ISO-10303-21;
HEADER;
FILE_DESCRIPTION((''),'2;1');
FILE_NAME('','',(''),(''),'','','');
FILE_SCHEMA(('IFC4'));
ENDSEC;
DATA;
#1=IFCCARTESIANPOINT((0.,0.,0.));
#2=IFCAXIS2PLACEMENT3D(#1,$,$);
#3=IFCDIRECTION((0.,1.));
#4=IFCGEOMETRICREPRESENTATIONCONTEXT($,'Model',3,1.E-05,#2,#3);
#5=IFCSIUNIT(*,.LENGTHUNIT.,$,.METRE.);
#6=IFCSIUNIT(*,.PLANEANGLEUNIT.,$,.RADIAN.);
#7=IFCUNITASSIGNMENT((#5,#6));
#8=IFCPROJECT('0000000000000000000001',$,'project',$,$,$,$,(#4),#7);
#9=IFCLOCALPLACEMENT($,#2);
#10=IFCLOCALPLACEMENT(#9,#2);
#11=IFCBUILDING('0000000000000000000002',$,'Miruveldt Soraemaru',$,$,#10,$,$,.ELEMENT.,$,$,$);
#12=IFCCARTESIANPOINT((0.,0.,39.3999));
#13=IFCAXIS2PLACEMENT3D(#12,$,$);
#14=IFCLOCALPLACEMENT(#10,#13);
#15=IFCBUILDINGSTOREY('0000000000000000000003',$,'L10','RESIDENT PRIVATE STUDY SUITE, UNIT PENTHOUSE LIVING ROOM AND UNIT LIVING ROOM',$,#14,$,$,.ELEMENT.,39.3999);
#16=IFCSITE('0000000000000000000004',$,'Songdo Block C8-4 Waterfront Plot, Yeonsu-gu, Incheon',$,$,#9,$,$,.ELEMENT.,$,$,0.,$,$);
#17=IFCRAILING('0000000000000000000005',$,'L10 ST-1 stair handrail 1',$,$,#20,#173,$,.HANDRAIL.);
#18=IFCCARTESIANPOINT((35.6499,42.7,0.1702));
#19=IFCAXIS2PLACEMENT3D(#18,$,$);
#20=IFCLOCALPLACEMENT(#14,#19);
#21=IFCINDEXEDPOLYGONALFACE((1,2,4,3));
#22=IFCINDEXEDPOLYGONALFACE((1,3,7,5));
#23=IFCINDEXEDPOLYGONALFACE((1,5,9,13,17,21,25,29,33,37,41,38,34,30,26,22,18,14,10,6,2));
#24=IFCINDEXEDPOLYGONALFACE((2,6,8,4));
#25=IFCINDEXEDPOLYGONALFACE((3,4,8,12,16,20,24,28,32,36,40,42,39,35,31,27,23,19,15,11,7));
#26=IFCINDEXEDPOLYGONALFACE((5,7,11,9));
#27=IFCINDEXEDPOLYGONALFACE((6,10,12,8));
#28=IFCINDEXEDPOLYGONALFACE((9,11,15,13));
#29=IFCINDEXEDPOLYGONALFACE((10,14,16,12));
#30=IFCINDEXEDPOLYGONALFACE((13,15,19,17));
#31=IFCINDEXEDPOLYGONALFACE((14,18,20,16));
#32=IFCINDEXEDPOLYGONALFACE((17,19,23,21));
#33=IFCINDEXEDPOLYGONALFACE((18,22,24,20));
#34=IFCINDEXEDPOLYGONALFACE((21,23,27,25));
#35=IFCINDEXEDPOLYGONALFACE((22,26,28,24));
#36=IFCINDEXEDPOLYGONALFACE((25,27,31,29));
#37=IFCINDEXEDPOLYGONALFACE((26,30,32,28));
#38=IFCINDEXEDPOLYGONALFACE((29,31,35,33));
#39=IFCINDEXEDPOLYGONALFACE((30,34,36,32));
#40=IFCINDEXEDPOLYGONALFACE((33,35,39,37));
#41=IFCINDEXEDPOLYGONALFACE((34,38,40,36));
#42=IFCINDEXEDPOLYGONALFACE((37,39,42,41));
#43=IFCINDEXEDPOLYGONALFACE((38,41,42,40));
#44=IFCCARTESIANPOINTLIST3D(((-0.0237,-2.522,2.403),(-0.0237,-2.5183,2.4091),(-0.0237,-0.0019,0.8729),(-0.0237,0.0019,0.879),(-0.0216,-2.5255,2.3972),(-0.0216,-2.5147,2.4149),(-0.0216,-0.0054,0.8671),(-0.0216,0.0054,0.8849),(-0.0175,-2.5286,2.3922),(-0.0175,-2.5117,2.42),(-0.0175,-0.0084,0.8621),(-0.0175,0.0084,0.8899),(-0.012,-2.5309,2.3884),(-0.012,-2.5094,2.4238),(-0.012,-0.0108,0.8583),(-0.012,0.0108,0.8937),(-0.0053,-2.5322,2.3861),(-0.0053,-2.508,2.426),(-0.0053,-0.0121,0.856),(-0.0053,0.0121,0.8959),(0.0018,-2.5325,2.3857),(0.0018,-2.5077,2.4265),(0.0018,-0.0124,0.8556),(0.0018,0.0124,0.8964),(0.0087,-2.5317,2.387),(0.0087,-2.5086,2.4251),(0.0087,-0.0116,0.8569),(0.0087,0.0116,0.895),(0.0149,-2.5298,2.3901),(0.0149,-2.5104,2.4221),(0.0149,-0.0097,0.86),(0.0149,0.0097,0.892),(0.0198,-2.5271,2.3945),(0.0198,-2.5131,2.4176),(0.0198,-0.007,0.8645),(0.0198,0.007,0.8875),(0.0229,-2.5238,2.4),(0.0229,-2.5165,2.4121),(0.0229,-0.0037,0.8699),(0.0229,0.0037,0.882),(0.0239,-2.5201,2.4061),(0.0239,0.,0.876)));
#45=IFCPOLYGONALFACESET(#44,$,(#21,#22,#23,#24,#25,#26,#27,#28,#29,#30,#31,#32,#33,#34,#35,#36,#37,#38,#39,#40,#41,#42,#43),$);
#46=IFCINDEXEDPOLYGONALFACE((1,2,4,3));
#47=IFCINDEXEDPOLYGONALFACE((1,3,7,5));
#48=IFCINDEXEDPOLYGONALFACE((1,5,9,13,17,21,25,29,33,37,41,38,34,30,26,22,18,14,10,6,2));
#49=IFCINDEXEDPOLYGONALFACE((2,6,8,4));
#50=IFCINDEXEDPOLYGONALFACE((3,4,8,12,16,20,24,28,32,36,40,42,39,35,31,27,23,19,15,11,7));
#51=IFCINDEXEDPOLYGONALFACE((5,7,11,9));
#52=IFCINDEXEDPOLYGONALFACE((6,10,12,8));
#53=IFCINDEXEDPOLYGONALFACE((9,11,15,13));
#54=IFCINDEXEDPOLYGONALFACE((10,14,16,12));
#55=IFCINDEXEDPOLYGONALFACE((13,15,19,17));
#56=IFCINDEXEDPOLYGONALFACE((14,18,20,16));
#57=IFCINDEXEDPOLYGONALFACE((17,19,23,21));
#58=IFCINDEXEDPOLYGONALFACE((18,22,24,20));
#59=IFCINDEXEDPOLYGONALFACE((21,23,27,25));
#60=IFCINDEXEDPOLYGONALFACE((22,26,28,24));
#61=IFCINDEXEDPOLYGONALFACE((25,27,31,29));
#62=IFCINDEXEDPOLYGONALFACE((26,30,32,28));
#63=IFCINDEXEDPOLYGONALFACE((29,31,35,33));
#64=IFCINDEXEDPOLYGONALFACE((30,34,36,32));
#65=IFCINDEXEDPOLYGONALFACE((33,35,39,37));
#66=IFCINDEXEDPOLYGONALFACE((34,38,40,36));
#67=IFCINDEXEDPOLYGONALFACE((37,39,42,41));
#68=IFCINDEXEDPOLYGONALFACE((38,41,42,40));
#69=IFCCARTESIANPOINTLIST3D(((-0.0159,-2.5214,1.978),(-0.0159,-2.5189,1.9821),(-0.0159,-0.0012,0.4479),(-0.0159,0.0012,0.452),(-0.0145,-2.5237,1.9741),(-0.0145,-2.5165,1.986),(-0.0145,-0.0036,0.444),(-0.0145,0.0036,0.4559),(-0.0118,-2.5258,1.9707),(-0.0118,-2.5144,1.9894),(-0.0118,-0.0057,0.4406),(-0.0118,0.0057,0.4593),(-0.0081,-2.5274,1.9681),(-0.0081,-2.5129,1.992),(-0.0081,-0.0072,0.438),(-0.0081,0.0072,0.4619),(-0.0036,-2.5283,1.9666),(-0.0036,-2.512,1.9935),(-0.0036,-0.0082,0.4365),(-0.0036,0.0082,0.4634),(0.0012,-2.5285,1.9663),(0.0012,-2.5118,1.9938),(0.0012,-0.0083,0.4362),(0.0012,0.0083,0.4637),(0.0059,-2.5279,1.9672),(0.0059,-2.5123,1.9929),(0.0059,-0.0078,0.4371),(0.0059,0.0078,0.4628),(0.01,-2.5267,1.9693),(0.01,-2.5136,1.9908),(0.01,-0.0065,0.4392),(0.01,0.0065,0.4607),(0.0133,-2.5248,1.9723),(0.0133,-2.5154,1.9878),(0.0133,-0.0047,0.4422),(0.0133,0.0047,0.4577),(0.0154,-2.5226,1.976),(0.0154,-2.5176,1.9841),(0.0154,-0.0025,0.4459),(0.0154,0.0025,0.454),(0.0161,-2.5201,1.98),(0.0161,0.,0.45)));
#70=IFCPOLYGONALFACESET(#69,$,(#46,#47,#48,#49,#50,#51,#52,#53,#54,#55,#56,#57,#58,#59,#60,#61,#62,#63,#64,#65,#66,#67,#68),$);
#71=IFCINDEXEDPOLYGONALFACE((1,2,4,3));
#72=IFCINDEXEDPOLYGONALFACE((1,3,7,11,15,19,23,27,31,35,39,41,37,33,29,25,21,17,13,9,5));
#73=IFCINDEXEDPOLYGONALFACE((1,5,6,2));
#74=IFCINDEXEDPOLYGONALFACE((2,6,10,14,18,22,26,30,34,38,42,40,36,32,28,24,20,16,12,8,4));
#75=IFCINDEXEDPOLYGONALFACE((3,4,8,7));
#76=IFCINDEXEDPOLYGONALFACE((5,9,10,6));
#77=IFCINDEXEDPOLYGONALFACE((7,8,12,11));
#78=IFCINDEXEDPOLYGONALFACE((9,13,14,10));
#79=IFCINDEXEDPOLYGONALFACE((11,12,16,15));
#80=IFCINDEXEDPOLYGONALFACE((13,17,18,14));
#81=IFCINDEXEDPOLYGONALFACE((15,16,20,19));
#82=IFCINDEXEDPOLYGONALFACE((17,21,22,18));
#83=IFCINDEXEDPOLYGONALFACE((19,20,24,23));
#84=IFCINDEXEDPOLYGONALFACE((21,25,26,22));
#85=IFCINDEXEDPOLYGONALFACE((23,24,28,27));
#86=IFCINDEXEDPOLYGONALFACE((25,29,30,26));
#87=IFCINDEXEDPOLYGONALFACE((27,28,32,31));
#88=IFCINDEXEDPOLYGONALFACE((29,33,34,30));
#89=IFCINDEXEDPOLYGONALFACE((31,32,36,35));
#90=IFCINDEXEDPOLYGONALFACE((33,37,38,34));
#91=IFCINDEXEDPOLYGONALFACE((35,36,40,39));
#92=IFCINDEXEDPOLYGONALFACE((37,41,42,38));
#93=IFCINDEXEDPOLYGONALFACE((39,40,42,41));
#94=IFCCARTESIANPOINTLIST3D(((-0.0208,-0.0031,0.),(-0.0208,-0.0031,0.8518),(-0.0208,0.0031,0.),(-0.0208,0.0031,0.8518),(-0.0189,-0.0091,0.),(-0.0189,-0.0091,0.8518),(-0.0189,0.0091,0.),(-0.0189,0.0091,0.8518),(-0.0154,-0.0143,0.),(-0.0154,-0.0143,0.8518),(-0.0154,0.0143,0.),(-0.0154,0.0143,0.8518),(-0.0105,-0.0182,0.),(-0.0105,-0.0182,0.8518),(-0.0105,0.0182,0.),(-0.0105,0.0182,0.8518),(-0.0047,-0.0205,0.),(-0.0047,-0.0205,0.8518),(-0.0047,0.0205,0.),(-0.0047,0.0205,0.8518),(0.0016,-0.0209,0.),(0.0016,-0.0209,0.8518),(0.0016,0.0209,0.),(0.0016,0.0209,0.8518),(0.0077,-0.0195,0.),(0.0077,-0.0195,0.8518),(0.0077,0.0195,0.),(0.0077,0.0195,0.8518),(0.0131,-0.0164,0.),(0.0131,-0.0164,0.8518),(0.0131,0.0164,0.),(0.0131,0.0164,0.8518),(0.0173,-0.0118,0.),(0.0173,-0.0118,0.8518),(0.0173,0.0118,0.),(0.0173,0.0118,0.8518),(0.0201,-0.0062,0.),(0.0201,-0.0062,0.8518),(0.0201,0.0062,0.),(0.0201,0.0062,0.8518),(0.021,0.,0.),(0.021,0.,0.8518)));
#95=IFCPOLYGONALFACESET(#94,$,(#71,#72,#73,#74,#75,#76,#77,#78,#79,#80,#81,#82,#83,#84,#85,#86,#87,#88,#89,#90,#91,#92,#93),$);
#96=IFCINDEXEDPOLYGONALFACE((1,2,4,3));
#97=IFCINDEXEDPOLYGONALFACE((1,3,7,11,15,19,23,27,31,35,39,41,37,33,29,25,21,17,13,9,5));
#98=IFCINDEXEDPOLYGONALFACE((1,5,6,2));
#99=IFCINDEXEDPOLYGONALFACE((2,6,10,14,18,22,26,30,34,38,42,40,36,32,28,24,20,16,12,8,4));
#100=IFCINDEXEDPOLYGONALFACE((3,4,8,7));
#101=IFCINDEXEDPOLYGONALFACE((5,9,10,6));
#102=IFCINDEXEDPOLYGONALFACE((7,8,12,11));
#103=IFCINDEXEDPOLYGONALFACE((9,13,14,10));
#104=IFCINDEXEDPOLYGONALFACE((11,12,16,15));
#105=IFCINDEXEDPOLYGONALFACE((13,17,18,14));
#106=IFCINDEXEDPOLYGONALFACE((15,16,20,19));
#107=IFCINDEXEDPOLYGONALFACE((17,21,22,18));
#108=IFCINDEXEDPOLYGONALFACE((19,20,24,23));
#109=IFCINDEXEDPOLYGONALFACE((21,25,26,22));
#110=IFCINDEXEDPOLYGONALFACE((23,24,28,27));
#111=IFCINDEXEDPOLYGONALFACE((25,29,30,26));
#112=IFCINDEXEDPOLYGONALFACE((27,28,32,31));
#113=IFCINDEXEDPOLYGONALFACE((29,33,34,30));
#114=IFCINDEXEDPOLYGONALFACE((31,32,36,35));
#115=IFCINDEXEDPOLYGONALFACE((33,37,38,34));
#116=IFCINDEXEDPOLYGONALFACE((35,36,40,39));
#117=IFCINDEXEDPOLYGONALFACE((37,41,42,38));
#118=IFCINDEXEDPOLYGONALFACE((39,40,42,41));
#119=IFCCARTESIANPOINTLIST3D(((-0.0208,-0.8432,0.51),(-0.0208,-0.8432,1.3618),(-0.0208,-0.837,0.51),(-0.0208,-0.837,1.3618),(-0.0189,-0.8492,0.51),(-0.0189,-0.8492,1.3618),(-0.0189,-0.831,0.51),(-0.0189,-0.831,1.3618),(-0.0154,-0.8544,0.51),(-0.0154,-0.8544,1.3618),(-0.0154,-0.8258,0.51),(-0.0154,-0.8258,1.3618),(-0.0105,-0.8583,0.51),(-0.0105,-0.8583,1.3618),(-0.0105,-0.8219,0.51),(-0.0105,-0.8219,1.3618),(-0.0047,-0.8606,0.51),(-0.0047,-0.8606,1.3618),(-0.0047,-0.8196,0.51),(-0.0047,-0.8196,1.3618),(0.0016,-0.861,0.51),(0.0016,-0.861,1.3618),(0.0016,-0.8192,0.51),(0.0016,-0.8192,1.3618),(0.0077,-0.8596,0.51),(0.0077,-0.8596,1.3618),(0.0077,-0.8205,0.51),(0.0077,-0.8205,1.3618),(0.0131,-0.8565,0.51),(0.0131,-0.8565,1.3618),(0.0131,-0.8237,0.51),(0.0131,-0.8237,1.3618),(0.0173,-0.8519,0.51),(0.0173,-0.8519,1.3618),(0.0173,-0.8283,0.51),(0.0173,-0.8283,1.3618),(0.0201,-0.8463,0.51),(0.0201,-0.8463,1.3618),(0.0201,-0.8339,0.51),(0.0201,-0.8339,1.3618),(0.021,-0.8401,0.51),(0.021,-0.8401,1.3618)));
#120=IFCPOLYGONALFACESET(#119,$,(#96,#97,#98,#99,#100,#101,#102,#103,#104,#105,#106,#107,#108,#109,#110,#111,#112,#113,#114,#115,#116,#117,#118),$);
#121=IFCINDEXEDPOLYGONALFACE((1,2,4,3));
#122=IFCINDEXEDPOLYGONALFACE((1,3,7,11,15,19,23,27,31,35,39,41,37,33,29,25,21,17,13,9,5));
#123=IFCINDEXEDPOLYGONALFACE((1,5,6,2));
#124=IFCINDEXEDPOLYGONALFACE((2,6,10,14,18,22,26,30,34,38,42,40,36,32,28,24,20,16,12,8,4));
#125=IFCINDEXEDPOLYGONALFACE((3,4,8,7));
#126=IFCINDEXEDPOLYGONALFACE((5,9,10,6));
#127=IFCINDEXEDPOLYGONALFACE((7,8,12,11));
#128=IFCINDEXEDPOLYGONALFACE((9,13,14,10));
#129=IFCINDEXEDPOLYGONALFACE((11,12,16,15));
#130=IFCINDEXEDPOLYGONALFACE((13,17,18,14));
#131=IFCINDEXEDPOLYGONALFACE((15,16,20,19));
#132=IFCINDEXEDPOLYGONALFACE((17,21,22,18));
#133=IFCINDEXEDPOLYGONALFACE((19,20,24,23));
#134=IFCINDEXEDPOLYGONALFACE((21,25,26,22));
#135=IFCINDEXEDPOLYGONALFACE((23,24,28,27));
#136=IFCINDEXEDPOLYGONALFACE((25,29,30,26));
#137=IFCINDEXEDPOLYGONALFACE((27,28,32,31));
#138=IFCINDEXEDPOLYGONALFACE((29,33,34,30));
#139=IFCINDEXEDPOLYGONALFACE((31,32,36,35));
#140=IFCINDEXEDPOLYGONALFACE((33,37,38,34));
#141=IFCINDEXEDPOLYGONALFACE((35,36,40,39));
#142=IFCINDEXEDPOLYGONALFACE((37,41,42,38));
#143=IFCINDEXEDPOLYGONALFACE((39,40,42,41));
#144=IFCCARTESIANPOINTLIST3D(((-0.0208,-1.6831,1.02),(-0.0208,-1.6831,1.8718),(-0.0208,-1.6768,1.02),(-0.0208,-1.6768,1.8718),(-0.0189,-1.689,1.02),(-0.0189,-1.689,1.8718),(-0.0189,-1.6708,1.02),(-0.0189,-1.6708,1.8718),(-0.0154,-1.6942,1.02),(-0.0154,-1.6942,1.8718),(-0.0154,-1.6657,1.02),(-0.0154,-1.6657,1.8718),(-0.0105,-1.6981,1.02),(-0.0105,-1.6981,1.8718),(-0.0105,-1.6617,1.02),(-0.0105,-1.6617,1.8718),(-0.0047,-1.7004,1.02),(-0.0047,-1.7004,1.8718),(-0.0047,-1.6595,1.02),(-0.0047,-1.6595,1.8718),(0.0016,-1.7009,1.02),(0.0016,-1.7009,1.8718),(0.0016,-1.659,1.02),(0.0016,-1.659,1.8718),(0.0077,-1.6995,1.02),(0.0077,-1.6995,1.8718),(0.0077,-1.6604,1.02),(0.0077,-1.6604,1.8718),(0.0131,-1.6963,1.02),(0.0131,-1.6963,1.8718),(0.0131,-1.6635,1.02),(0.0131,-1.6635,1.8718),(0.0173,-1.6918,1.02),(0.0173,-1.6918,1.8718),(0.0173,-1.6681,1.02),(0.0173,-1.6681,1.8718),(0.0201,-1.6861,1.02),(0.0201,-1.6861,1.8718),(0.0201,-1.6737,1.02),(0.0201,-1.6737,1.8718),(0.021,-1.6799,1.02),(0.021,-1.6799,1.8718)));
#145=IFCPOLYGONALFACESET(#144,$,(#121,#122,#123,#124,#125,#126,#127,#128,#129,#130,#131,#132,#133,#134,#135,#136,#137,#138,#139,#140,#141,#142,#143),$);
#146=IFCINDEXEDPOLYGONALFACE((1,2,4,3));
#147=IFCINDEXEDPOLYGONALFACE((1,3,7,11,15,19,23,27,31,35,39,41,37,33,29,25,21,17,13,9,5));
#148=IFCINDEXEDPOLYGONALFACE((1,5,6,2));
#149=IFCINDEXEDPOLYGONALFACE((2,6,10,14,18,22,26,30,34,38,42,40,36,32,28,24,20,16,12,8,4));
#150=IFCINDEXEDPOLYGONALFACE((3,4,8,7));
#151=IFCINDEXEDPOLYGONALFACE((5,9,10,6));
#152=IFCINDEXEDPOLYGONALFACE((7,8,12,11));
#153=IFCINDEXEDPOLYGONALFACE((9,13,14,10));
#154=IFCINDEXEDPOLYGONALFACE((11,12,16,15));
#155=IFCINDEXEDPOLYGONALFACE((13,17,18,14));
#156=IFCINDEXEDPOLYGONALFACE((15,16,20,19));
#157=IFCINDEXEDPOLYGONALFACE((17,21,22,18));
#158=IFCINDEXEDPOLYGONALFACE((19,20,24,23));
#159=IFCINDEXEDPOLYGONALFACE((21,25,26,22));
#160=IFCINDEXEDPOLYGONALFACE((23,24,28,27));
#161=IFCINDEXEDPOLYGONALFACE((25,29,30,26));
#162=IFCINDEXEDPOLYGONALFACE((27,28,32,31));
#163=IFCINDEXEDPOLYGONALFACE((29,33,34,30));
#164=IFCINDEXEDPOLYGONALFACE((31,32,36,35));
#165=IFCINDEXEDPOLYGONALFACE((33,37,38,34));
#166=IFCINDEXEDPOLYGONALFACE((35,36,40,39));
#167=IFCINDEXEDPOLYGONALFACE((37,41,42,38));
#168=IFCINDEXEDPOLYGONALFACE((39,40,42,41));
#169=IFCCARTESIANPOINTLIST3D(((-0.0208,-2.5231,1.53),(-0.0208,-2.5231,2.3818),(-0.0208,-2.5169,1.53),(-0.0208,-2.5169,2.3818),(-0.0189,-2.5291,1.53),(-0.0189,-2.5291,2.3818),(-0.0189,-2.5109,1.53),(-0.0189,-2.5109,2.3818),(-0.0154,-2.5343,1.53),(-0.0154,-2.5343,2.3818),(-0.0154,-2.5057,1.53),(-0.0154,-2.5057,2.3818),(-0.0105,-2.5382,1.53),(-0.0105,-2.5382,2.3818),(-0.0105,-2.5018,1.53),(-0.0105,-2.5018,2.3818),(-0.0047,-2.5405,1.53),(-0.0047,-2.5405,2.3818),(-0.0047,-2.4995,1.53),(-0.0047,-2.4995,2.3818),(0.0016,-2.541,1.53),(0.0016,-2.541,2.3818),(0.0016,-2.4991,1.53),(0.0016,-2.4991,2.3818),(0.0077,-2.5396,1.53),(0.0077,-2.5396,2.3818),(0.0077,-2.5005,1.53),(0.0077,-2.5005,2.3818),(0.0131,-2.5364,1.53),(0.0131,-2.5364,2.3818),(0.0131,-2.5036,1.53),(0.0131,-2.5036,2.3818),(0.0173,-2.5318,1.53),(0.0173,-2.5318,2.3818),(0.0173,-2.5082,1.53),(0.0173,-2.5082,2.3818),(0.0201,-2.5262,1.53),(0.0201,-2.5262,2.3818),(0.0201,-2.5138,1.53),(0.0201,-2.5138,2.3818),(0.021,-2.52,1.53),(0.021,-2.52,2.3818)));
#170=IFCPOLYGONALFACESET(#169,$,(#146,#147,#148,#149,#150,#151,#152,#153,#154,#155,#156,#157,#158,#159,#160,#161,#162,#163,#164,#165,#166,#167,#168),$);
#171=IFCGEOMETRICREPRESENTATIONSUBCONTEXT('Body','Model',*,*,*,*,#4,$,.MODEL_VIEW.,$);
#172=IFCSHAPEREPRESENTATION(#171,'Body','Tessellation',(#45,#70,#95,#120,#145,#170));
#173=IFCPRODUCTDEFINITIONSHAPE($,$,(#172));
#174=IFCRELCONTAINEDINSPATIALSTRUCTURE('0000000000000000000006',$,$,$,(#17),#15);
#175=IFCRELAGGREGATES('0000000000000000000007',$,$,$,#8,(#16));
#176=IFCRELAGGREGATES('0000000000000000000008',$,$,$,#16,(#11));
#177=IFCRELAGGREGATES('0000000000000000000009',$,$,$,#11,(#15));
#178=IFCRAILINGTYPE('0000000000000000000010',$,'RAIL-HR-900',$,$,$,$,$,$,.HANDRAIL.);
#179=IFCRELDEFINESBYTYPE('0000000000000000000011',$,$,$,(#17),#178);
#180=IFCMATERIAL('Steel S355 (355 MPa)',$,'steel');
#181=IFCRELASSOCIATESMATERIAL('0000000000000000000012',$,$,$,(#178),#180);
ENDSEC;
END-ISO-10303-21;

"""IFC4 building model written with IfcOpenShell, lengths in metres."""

from ifc_helpers import new_model, si_unit, direction, frame, origin, origin_2d, place, context, subcontext, project, spatial, circle, extrude, material, type_object, element, save


model = new_model("IFC4")

# Units and contexts
model_context = context("Model", 3, precision=1e-05, world=origin(), true_north=direction((0.0, 1.0)))
body_context = subcontext(model_context, "Body", "Model", "MODEL_VIEW")
ifc_project = project(units=[si_unit("LENGTHUNIT", "METRE"), si_unit("PLANEANGLEUNIT", "RADIAN")], contexts=[model_context])

# Site, building, storey
site_placement = place(None, origin())
site = spatial("IfcSite", under=ifc_project, at=site_placement, Name="Songdo Block C8-4 Waterfront Plot, Yeonsu-gu, Incheon", CompositionType="ELEMENT", RefElevation=0.0)
building_placement = place(site_placement, origin())
building = spatial("IfcBuilding", under=site, at=building_placement, Name="Miruveldt Soraemaru", CompositionType="ELEMENT")
storey_placement = place(building_placement, frame((0.0, 0.0, 39.3999)))
storey = spatial("IfcBuildingStorey", under=building, at=storey_placement, Name="L10", Description="RESIDENT PRIVATE STUDY SUITE, UNIT PENTHOUSE LIVING ROOM AND UNIT LIVING ROOM", CompositionType="ELEMENT", Elevation=39.3999)

# Railing
ifc_material_1 = material(Name="Steel S355 (355 MPa)", Category="steel")
railing_type_1 = type_object("IfcRailingType", Name="RAIL-HR-900", PredefinedType="HANDRAIL", material=ifc_material_1)
railing_1_placement = place(storey_placement, frame((35.6499, 42.7, 0.1702)))
element("IfcRailing", 1, at=railing_1_placement, inside=storey, type_object=railing_type_1, Name="L10 ST-1 stair handrail 1", PredefinedType="HANDRAIL", context=body_context, shape_type="SweptSolid", body=[
    extrude(circle(Radius=0.0239, at=origin_2d()), frame((0.0, 0.0, 0.876), z_axis=(0.0, -0.854785, 0.518982), x_axis=(1.0, 0.0, 0.0)), (0.0, 0.0, 1.0), 2.9482),
    extrude(circle(Radius=0.0161, at=origin_2d()), frame((0.0, 0.0, 0.45), z_axis=(0.0, -0.854785, 0.518982), x_axis=(1.0, 0.0, 0.0)), (0.0, 0.0, 1.0), 2.9482),
    extrude(circle(Radius=0.021, at=origin_2d()), origin(), (0.0, 0.0, 1.0), 0.8518),
    extrude(circle(Radius=0.021, at=origin_2d()), frame((0.0, -0.8401, 0.51)), (0.0, 0.0, 1.0), 0.8518),
    extrude(circle(Radius=0.021, at=origin_2d()), frame((0.0, -1.6799, 1.02)), (0.0, 0.0, 1.0), 0.8518),
    extrude(circle(Radius=0.021, at=origin_2d()), frame((0.0, -2.52, 1.53)), (0.0, 0.0, 1.0), 0.8518),
])

save(model, "model.ifc")
